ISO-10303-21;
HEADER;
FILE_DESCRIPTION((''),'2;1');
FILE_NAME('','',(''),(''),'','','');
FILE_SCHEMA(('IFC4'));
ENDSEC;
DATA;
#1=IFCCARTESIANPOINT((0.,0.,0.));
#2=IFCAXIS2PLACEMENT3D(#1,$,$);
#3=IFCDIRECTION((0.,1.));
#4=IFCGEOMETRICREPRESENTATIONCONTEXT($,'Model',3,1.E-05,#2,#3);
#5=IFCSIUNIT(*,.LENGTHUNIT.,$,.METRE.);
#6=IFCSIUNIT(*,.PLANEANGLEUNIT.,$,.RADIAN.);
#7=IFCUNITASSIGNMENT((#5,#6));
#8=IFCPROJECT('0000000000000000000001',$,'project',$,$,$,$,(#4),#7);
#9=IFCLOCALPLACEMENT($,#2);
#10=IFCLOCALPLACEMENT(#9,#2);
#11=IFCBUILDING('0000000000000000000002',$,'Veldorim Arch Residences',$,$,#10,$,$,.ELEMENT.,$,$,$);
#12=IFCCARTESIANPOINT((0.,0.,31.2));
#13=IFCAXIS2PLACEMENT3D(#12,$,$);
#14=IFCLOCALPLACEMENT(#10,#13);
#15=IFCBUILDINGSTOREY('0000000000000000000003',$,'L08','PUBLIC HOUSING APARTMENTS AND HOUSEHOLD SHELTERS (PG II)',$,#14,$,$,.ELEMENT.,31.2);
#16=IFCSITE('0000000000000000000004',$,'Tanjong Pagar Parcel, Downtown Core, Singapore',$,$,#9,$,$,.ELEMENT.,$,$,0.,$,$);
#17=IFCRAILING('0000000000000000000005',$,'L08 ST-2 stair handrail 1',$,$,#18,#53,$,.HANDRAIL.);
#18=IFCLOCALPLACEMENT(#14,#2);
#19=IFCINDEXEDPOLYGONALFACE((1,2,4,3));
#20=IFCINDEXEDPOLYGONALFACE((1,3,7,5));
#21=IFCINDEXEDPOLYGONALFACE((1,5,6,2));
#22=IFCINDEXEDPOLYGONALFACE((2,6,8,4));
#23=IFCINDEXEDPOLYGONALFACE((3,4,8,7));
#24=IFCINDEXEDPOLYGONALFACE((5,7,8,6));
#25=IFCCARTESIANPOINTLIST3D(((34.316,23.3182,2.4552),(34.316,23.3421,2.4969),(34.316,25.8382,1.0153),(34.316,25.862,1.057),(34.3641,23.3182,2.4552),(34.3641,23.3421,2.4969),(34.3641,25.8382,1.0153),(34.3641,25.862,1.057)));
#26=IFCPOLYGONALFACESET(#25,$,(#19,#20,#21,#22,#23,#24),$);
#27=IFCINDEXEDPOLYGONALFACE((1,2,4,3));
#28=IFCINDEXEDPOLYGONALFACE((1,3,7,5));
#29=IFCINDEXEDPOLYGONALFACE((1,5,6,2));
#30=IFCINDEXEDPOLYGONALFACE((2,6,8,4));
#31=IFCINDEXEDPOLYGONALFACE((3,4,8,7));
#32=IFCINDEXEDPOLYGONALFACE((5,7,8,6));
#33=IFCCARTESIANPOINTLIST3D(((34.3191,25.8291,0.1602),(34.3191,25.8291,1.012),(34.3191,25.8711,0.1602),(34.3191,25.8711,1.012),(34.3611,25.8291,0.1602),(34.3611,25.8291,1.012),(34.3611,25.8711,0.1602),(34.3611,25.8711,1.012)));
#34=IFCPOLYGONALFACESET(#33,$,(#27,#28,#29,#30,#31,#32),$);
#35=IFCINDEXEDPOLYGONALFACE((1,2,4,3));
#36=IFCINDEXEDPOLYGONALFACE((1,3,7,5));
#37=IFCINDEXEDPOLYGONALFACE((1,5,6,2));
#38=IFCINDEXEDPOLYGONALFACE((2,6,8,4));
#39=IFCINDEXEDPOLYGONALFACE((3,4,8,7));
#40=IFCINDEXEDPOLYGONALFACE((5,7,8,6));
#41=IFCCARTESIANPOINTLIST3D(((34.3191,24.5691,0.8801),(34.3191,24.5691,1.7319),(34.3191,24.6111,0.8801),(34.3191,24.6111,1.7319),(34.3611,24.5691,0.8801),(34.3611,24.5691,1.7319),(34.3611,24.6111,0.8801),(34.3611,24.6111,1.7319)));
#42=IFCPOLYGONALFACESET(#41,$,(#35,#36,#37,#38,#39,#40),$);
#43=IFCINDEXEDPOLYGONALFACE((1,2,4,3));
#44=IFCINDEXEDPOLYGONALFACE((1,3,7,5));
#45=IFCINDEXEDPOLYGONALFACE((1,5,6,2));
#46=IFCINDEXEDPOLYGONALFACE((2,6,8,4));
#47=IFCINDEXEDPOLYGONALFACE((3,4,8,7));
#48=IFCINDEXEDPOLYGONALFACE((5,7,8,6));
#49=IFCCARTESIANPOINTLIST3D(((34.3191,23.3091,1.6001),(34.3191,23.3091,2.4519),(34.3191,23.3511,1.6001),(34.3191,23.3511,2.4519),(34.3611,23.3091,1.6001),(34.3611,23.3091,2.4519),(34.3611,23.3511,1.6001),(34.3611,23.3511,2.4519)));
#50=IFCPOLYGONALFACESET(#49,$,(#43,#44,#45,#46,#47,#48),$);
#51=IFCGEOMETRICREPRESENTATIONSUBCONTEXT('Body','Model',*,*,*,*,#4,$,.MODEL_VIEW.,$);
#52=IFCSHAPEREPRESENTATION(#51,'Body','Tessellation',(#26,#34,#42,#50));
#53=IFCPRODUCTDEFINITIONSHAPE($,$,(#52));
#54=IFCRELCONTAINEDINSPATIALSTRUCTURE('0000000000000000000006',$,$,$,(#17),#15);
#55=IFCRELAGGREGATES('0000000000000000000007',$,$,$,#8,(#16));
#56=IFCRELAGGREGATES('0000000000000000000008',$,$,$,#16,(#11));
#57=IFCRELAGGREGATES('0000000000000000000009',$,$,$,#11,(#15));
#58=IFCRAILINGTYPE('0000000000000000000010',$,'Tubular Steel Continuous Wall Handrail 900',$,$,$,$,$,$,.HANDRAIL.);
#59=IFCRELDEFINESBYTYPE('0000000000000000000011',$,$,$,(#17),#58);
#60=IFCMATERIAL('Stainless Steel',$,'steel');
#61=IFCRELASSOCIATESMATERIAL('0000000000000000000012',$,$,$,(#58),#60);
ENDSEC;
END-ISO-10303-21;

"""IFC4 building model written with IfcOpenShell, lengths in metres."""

from ifc_helpers import new_model, si_unit, direction, frame, origin, origin_2d, place, context, subcontext, project, spatial, rectangle, extrude, material, type_object, element, save


model = new_model("IFC4")

# Units and contexts
model_context = context("Model", 3, precision=1e-05, world=origin(), true_north=direction((0.0, 1.0)))
body_context = subcontext(model_context, "Body", "Model", "MODEL_VIEW")
ifc_project = project(units=[si_unit("LENGTHUNIT", "METRE"), si_unit("PLANEANGLEUNIT", "RADIAN")], contexts=[model_context])

# Site, building, storey
site_placement = place(None, origin())
site = spatial("IfcSite", under=ifc_project, at=site_placement, Name="Tanjong Pagar Parcel, Downtown Core, Singapore", CompositionType="ELEMENT", RefElevation=0.0)
building_placement = place(site_placement, origin())
building = spatial("IfcBuilding", under=site, at=building_placement, Name="Veldorim Arch Residences", CompositionType="ELEMENT")
storey_placement = place(building_placement, frame((0.0, 0.0, 31.2)))
storey = spatial("IfcBuildingStorey", under=building, at=storey_placement, Name="L08", Description="PUBLIC HOUSING APARTMENTS AND HOUSEHOLD SHELTERS (PG II)", CompositionType="ELEMENT", Elevation=31.2)

# Railing
ifc_material_1 = material(Name="Stainless Steel", Category="steel")
railing_type_1 = type_object("IfcRailingType", Name="Tubular Steel Continuous Wall Handrail 900", PredefinedType="HANDRAIL", material=ifc_material_1)
railing_1_placement = place(storey_placement, frame((34.3401, 25.8501, 0.1602)))
element("IfcRailing", 1, at=railing_1_placement, inside=storey, type_object=railing_type_1, Name="L08 ST-2 stair handrail 1", PredefinedType="HANDRAIL", context=body_context, shape_type="SweptSolid", body=[
    extrude(rectangle(XDim=0.0481, YDim=0.0481, at=origin_2d()), frame((0.0, 0.0, 0.876), z_axis=(0.0, -0.868253, 0.496121), x_axis=(1.0, 0.0, 0.0)), (0.0, 0.0, 1.0), 2.9023),
    extrude(rectangle(XDim=0.042, YDim=0.042, at=origin_2d()), origin(), (0.0, 0.0, 1.0), 0.8518),
    extrude(rectangle(XDim=0.042, YDim=0.042, at=origin_2d()), frame((0.0, -1.26, 0.72)), (0.0, 0.0, 1.0), 0.8518),
    extrude(rectangle(XDim=0.042, YDim=0.042, at=origin_2d()), frame((0.0, -2.52, 1.4399)), (0.0, 0.0, 1.0), 0.8518),
])

save(model, "model.ifc")
